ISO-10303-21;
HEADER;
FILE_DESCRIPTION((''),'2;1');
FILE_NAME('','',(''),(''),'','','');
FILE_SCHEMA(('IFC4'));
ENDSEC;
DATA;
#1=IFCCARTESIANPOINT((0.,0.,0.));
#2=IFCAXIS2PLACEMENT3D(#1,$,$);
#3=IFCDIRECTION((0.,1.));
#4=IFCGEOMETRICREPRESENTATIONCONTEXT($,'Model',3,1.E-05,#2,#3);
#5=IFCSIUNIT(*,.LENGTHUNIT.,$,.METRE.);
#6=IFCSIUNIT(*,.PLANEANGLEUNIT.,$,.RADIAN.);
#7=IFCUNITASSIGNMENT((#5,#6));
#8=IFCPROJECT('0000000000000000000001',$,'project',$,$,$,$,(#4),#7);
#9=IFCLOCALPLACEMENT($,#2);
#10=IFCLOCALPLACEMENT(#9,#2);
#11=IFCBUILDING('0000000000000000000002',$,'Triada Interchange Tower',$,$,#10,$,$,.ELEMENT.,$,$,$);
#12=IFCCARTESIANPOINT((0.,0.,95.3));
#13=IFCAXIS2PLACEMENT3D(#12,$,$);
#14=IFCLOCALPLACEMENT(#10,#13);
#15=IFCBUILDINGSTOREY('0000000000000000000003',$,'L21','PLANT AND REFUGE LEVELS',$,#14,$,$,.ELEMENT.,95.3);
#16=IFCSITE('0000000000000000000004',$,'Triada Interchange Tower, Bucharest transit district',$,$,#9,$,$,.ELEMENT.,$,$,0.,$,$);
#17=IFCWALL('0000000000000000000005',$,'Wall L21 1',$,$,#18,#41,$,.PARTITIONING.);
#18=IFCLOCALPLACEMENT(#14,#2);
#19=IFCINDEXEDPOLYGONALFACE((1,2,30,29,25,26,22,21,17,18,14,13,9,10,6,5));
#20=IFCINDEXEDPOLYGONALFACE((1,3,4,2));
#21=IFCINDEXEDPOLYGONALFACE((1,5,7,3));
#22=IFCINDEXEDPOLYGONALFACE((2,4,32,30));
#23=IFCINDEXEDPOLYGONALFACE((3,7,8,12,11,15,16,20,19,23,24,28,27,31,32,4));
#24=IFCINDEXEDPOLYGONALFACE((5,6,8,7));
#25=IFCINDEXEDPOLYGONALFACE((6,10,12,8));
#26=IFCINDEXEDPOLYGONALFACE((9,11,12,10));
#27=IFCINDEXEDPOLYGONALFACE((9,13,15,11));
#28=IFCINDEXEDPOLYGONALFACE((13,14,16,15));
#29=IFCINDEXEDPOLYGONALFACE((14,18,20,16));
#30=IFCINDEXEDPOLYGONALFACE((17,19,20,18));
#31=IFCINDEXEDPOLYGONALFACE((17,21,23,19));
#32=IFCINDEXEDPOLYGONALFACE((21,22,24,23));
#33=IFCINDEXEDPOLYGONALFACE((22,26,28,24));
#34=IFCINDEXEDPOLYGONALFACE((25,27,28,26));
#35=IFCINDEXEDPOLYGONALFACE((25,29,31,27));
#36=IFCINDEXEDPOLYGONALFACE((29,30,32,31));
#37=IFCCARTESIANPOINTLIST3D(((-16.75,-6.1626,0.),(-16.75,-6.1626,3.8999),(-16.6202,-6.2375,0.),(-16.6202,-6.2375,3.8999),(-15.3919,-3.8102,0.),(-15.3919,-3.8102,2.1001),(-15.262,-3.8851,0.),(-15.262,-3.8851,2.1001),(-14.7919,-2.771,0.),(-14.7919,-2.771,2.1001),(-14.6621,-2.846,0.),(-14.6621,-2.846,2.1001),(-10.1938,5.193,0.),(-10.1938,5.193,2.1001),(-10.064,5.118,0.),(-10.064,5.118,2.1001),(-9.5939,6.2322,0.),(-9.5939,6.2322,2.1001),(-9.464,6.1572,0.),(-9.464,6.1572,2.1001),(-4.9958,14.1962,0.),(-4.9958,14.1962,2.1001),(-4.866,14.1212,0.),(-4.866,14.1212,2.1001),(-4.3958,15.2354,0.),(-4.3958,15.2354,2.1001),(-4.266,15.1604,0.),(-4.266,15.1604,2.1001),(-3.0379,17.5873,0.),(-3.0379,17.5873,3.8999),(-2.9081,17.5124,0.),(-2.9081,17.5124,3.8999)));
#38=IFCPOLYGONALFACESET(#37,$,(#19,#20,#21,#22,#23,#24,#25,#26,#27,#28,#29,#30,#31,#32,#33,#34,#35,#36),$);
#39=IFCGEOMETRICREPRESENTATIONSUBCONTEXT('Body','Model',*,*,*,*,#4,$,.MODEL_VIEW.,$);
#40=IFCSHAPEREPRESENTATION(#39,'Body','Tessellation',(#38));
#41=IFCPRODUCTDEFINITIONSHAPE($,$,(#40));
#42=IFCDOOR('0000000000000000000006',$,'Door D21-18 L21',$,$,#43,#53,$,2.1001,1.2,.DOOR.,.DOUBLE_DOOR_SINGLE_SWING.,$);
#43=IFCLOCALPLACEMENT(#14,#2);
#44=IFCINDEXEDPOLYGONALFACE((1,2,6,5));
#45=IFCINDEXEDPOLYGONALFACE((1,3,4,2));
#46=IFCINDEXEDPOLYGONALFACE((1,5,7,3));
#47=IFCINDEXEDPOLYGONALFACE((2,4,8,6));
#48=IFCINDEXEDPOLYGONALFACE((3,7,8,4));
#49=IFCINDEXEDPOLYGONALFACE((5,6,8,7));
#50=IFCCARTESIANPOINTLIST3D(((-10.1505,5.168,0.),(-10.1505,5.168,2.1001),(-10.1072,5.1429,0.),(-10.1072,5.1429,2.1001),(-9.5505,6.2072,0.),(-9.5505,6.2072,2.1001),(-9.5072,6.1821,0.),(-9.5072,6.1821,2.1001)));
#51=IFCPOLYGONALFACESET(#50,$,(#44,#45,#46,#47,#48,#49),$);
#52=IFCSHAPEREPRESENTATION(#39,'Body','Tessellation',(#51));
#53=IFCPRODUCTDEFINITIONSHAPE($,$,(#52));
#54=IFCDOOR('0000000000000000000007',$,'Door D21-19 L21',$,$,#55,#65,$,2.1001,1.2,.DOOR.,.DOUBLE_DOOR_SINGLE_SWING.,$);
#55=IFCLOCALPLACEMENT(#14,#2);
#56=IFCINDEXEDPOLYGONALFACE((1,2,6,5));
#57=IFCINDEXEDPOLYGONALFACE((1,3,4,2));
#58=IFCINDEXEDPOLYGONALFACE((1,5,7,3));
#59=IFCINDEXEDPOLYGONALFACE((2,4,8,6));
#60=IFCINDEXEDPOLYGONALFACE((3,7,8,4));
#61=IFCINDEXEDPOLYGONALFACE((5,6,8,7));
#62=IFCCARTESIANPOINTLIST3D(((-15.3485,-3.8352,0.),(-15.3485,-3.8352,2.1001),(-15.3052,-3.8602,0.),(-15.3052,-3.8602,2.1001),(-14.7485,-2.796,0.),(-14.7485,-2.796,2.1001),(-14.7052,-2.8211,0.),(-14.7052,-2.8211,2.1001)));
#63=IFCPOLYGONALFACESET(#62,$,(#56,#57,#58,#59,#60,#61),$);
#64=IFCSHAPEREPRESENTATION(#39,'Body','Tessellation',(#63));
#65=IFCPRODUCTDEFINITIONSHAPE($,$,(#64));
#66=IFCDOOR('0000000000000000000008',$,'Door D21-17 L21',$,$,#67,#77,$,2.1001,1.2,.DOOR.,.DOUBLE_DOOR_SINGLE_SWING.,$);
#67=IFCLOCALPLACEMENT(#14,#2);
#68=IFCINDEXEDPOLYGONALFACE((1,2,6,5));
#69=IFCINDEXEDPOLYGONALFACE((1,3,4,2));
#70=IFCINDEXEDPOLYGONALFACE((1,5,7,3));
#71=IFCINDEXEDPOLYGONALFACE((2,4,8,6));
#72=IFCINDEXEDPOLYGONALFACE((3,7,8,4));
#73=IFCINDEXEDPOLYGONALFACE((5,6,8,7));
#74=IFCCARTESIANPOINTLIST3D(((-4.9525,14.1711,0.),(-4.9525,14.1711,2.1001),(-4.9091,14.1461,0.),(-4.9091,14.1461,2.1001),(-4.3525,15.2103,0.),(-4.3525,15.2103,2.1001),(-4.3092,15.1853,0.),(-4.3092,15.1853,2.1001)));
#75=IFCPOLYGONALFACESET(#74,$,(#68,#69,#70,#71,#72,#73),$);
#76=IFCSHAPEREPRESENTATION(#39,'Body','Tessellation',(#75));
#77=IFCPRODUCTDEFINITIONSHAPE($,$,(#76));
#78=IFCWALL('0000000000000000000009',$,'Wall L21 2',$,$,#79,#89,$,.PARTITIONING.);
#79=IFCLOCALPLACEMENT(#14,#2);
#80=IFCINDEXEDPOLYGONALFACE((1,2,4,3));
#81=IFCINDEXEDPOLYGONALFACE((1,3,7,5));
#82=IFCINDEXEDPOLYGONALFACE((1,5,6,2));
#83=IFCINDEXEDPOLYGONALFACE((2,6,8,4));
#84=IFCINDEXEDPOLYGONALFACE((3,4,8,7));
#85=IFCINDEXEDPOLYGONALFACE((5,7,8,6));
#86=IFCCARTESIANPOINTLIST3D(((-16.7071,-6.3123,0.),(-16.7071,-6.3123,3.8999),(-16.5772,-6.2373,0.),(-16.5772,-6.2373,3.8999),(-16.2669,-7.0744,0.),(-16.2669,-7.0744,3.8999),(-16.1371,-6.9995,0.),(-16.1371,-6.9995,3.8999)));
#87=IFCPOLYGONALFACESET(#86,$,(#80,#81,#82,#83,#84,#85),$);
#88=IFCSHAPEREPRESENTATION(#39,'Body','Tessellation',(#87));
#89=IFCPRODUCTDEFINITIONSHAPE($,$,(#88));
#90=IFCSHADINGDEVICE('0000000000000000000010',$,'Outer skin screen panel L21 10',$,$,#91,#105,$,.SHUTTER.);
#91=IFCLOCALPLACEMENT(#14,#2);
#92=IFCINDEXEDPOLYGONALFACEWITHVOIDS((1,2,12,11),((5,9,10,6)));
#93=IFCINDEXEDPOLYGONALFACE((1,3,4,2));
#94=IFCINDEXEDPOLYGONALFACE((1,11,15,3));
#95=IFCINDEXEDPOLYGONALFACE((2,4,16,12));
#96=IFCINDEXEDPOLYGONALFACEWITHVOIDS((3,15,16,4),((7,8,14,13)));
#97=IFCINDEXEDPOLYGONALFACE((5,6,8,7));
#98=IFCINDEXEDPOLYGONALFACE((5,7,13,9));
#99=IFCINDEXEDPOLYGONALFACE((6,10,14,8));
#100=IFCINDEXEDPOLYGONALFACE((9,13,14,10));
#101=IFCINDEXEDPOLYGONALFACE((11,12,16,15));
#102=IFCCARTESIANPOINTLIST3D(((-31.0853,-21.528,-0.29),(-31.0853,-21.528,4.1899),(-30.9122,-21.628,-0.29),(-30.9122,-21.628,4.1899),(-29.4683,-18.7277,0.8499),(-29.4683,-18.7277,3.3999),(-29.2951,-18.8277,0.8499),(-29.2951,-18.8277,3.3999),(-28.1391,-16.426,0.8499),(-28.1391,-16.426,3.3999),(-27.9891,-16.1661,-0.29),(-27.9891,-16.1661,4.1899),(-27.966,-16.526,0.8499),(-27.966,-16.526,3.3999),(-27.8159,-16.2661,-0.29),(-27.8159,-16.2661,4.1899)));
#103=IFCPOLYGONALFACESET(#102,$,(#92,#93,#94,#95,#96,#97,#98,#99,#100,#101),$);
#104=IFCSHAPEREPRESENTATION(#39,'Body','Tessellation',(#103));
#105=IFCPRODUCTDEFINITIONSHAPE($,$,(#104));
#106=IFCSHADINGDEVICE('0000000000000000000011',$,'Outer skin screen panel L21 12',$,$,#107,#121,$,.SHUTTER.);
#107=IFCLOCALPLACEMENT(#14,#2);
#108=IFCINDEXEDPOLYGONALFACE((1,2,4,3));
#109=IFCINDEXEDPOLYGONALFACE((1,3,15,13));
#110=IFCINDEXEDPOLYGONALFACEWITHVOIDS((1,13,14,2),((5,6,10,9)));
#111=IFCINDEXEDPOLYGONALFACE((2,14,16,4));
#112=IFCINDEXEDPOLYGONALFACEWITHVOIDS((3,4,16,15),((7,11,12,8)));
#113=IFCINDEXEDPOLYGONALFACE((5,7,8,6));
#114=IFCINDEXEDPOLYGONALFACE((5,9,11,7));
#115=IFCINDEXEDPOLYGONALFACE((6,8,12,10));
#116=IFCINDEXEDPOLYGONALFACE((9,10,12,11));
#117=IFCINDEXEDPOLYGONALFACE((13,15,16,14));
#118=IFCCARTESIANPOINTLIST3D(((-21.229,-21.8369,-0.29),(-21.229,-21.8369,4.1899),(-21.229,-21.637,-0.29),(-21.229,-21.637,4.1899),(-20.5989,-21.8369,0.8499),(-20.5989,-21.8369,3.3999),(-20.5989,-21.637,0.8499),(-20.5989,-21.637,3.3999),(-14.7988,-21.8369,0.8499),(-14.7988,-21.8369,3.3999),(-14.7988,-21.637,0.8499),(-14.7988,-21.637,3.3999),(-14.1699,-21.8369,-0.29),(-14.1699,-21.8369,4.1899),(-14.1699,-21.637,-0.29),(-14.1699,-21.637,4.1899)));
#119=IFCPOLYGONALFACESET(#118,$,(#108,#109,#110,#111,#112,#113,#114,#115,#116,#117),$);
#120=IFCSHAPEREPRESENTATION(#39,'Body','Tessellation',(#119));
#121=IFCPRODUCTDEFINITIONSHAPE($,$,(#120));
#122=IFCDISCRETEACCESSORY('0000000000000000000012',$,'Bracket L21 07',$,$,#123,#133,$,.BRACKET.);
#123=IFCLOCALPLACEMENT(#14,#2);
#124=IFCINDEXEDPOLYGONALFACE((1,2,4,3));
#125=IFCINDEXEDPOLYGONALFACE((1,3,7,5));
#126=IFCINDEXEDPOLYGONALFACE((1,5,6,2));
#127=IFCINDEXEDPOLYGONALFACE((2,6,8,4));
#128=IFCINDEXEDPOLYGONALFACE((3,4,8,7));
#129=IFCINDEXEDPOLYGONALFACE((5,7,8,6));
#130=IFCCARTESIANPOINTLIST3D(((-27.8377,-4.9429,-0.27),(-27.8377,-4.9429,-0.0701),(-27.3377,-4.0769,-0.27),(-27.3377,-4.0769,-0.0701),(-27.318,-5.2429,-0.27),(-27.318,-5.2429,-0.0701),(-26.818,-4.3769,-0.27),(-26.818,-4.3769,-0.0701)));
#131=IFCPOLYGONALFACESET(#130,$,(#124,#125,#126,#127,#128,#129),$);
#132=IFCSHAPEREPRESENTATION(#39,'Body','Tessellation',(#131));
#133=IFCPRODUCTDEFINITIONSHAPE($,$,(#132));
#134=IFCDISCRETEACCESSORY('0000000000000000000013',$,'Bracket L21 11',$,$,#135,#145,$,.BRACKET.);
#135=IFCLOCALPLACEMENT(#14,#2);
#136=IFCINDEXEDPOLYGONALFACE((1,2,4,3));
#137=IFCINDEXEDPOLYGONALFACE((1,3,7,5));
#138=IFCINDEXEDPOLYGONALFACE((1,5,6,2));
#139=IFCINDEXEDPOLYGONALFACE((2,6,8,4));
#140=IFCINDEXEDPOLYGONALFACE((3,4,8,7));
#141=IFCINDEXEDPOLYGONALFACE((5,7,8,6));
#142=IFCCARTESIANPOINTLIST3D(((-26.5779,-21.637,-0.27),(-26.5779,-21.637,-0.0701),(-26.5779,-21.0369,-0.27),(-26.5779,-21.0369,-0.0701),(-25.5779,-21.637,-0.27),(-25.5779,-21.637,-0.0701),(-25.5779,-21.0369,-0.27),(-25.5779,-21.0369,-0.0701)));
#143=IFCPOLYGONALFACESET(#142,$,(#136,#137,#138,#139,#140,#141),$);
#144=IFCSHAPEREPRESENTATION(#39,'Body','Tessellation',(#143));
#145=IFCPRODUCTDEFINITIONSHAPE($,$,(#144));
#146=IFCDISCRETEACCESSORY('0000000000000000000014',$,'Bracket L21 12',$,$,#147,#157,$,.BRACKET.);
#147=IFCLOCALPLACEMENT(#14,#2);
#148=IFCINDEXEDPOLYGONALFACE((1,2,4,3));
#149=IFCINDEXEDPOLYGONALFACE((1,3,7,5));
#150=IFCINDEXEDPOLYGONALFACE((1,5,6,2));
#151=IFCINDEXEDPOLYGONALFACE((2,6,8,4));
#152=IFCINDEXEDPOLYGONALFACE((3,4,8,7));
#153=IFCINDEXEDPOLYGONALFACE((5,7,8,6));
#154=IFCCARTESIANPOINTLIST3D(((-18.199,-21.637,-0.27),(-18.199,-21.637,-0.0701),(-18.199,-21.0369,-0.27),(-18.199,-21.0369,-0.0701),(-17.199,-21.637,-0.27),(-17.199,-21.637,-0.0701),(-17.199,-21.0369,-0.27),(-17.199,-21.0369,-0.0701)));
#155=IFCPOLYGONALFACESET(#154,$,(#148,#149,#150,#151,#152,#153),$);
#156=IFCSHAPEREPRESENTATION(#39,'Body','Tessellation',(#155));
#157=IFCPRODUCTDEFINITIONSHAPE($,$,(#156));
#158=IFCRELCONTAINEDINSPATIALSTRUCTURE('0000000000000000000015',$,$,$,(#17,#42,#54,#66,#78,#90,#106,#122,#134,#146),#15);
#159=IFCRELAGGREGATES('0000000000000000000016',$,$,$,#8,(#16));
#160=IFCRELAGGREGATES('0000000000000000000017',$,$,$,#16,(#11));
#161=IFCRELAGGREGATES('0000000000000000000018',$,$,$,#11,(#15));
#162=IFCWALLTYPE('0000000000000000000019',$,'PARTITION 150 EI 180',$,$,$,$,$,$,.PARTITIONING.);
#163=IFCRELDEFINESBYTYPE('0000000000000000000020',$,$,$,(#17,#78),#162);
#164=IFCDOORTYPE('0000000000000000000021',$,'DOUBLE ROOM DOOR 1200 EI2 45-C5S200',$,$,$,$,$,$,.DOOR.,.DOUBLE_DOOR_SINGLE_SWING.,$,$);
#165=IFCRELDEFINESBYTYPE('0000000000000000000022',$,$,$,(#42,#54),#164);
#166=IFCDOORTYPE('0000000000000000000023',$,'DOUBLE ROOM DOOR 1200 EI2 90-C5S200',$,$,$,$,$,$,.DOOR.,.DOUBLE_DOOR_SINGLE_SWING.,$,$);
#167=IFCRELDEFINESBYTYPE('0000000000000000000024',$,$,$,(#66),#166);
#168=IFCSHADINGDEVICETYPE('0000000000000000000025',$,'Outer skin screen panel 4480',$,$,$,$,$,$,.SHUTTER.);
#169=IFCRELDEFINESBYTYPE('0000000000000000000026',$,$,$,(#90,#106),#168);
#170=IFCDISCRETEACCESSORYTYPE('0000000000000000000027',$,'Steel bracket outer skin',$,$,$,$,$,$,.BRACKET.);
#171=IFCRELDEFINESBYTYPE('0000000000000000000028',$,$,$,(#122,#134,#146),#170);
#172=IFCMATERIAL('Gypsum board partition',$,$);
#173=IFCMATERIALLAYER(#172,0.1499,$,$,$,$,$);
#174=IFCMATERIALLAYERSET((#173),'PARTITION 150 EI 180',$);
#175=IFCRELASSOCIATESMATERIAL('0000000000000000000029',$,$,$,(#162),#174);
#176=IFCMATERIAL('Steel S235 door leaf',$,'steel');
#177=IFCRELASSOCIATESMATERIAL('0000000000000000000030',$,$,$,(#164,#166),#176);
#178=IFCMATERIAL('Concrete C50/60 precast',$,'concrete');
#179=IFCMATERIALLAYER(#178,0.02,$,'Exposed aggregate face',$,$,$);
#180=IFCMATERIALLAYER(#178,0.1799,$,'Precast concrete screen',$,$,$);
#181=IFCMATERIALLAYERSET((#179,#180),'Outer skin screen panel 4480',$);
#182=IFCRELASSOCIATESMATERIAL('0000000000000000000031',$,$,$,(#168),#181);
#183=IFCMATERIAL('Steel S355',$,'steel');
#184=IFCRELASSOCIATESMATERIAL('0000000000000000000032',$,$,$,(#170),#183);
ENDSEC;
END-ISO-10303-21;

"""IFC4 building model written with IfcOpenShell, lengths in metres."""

from ifc_helpers import new_model, si_unit, direction, frame, frame_2d, origin, origin_2d, place, context, subcontext, project, spatial, polyline, rectangle, outline, extrude, material, layer, layer_set, type_object, element, fill, save


model = new_model("IFC4")

# Units and contexts
model_context = context("Model", 3, precision=1e-05, world=origin(), true_north=direction((0.0, 1.0)))
body_context = subcontext(model_context, "Body", "Model", "MODEL_VIEW")
ifc_project = project(units=[si_unit("LENGTHUNIT", "METRE"), si_unit("PLANEANGLEUNIT", "RADIAN")], contexts=[model_context])

# Site, building, storey
site_placement = place(None, origin())
site = spatial("IfcSite", under=ifc_project, at=site_placement, Name="Triada Interchange Tower, Bucharest transit district", CompositionType="ELEMENT", RefElevation=0.0)
building_placement = place(site_placement, origin())
building = spatial("IfcBuilding", under=site, at=building_placement, Name="Triada Interchange Tower", CompositionType="ELEMENT")
storey_placement = place(building_placement, frame((0.0, 0.0, 95.3)))
storey = spatial("IfcBuildingStorey", under=building, at=storey_placement, Name="L21", Description="PLANT AND REFUGE LEVELS", CompositionType="ELEMENT", Elevation=95.3)

# Shared definitions
ifc_material_1 = material(Name="Steel S355", Category="steel")

# Wall, openings, doors
ifc_material_2 = material(Name="Gypsum board partition")
ifc_layer_1 = layer(ifc_material_2, 0.1499)
ifc_layer_set_1 = layer_set([ifc_layer_1], Name="PARTITION 150 EI 180")
wall_type_1 = type_object("IfcWallType", Name="PARTITION 150 EI 180", PredefinedType="PARTITIONING", material=ifc_layer_set_1)
wall_1_placement = place(storey_placement, frame((-16.6851, -6.2, 0.0), z_axis=(0.0, 0.0, 1.0), x_axis=(0.500002, 0.866024, 0.0)))
wall_1 = element("IfcWall", 1, at=wall_1_placement, inside=storey, type_object=wall_type_1, Name="Wall L21 1", PredefinedType="PARTITIONING", context=body_context, shape_type="SweptSolid", body=[
    extrude(rectangle(XDim=27.4241, YDim=0.1499, at=frame_2d((13.7119, 0.0))), origin(), (0.0, 0.0, 1.0), 3.8999),
])
opening_1_placement = place(wall_1_placement, frame((23.5081, 0.0, 0.0)))
opening_1 = element("IfcOpeningElement", 2, at=opening_1_placement, cuts=wall_1, PredefinedType="OPENING", context=body_context, shape_type="SweptSolid", body=[
    extrude(rectangle(XDim=1.2, YDim=2.1001, at=frame_2d((0.6001, 1.05))), frame((0.0, 0.085, 0.0), z_axis=(0.0, -1.0, 0.0), x_axis=(1.0, 0.0, 0.0)), (0.0, 0.0, 1.0), 0.1699),
])
opening_2_placement = place(wall_1_placement, frame((13.1121, 0.0, 0.0)))
opening_2 = element("IfcOpeningElement", 3, at=opening_2_placement, cuts=wall_1, PredefinedType="OPENING", context=body_context, shape_type="SweptSolid", body=[
    extrude(rectangle(XDim=1.2, YDim=2.1001, at=frame_2d((0.6001, 1.05))), frame((0.0, 0.085, 0.0), z_axis=(0.0, -1.0, 0.0), x_axis=(1.0, 0.0, 0.0)), (0.0, 0.0, 1.0), 0.1699),
])
opening_3_placement = place(wall_1_placement, frame((2.7161, 0.0, 0.0)))
opening_3 = element("IfcOpeningElement", 4, at=opening_3_placement, cuts=wall_1, PredefinedType="OPENING", context=body_context, shape_type="SweptSolid", body=[
    extrude(rectangle(XDim=1.2, YDim=2.1001, at=frame_2d((0.6001, 1.05))), frame((0.0, 0.085, 0.0), z_axis=(0.0, -1.0, 0.0), x_axis=(1.0, 0.0, 0.0)), (0.0, 0.0, 1.0), 0.1699),
])
ifc_material_3 = material(Name="Steel S235 door leaf", Category="steel")
door_type_1 = type_object("IfcDoorType", Name="DOUBLE ROOM DOOR 1200 EI2 45-C5S200", OperationType="DOUBLE_DOOR_SINGLE_SWING", PredefinedType="DOOR", material=ifc_material_3)
door_1_placement = place(opening_2_placement, origin())
door_1 = element("IfcDoor", 5, at=door_1_placement, inside=storey, type_object=door_type_1, Name="Door D21-18 L21", OperationType="DOUBLE_DOOR_SINGLE_SWING", OverallHeight=2.1001, OverallWidth=1.2, PredefinedType="DOOR", context=body_context, shape_type="SweptSolid", body=[
    extrude(rectangle(XDim=1.2, YDim=2.1001, at=frame_2d((0.6001, 1.05))), frame((0.0, 0.0249, 0.0), z_axis=(0.0, -1.0, 0.0), x_axis=(1.0, 0.0, 0.0)), (0.0, 0.0, 1.0), 0.05),
])
fill(opening_2, door_1)
door_2_placement = place(opening_3_placement, origin())
door_2 = element("IfcDoor", 6, at=door_2_placement, inside=storey, type_object=door_type_1, Name="Door D21-19 L21", OperationType="DOUBLE_DOOR_SINGLE_SWING", OverallHeight=2.1001, OverallWidth=1.2, PredefinedType="DOOR", context=body_context, shape_type="SweptSolid", body=[
    extrude(rectangle(XDim=1.2, YDim=2.1001, at=frame_2d((0.6001, 1.05))), frame((0.0, 0.0249, 0.0), z_axis=(0.0, -1.0, 0.0), x_axis=(1.0, 0.0, 0.0)), (0.0, 0.0, 1.0), 0.05),
])
fill(opening_3, door_2)
door_type_2 = type_object("IfcDoorType", Name="DOUBLE ROOM DOOR 1200 EI2 90-C5S200", OperationType="DOUBLE_DOOR_SINGLE_SWING", PredefinedType="DOOR", material=ifc_material_3)
door_3_placement = place(opening_1_placement, origin())
door_3 = element("IfcDoor", 7, at=door_3_placement, inside=storey, type_object=door_type_2, Name="Door D21-17 L21", OperationType="DOUBLE_DOOR_SINGLE_SWING", OverallHeight=2.1001, OverallWidth=1.2, PredefinedType="DOOR", context=body_context, shape_type="SweptSolid", body=[
    extrude(rectangle(XDim=1.2, YDim=2.1001, at=frame_2d((0.6001, 1.05))), frame((0.0, 0.0249, 0.0), z_axis=(0.0, -1.0, 0.0), x_axis=(1.0, 0.0, 0.0)), (0.0, 0.0, 1.0), 0.05),
])
fill(opening_1, door_3)

# Wall
wall_2_placement = place(storey_placement, frame((-16.6421, -6.2749, 0.0), z_axis=(0.0, 0.0, 1.0), x_axis=(0.500107, -0.865964, 0.0)))
element("IfcWall", 8, at=wall_2_placement, inside=storey, type_object=wall_type_1, Name="Wall L21 2", PredefinedType="PARTITIONING", context=body_context, shape_type="SweptSolid", body=[
    extrude(rectangle(XDim=0.8801, YDim=0.1499, at=frame_2d((0.4399, 0.0))), origin(), (0.0, 0.0, 1.0), 3.8999),
])

# Shading devices
ifc_material_4 = material(Name="Concrete C50/60 precast", Category="concrete")
ifc_layer_2 = layer(ifc_material_4, 0.02, Name="Exposed aggregate face")
ifc_layer_3 = layer(ifc_material_4, 0.1799, Name="Precast concrete screen")
ifc_layer_set_2 = layer_set([ifc_layer_2, ifc_layer_3], Name="Outer skin screen panel 4480")
shading_device_type = type_object("IfcShadingDeviceType", Name="Outer skin screen panel 4480", PredefinedType="SHUTTER", material=ifc_layer_set_2)
shading_device_1_placement = place(storey_placement, frame((-27.8159, -16.2661, -0.29), z_axis=(0.0, 0.0, 1.0), x_axis=(-0.500066, -0.865987, 0.0)))
element("IfcShadingDevice", 9, at=shading_device_1_placement, inside=storey, type_object=shading_device_type, Name="Outer skin screen panel L21 10", PredefinedType="SHUTTER", context=body_context, shape_type="SweptSolid", body=[
    extrude(outline(polyline([(0.0, 0.0), (6.1917, 0.0), (6.1917, 4.48), (0.0, 4.48), (0.0, 0.0)]), holes=[polyline([(0.3, 1.1399), (0.3, 3.6899), (2.958, 3.6899), (2.958, 1.1399), (0.3, 1.1399)])]), frame((0.0, 0.0, 0.0), z_axis=(0.0, -1.0, 0.0), x_axis=(1.0, 0.0, 0.0)), (0.0, 0.0, 1.0), 0.2),
])
shading_device_2_placement = place(storey_placement, frame((-21.229, -21.637, -0.29), z_axis=(0.0, 0.0, 1.0), x_axis=(1.0, 0.0, 0.0)))
element("IfcShadingDevice", 10, at=shading_device_2_placement, inside=storey, type_object=shading_device_type, Name="Outer skin screen panel L21 12", PredefinedType="SHUTTER", context=body_context, shape_type="SweptSolid", body=[
    extrude(outline(polyline([(0.0, 0.0), (7.0591, 0.0), (7.0591, 4.48), (0.0, 4.48), (0.0, 0.0)]), holes=[polyline([(0.6301, 1.1399), (0.6301, 3.6899), (6.4302, 3.6899), (6.4302, 1.1399), (0.6301, 1.1399)])]), frame((0.0, 0.0, 0.0), z_axis=(0.0, -1.0, 0.0), x_axis=(1.0, 0.0, 0.0)), (0.0, 0.0, 1.0), 0.2),
])

# Discrete accessories
discrete_accessory_type = type_object("IfcDiscreteAccessoryType", Name="Steel bracket outer skin", PredefinedType="BRACKET", material=ifc_material_1)
for number, where, z_axis, x_axis, name in (
    (11, (-27.3279, -4.6599, -0.27), (0.0, 0.0, 1.0), (-0.866021, 0.500007, 0.0), "Bracket L21 07"),
    (12, (-26.0779, -21.3369, -0.27), (0.0, 0.0, 1.0), (0.0, -1.0, 0.0), "Bracket L21 11"),
    (13, (-17.699, -21.3369, -0.27), (0.0, 0.0, 1.0), (0.0, -1.0, 0.0), "Bracket L21 12"),
):
    element("IfcDiscreteAccessory", number, at=place(storey_placement, frame(where, z_axis=z_axis, x_axis=x_axis)), inside=storey, type_object=discrete_accessory_type, Name=name, PredefinedType="BRACKET", context=body_context, shape_type="SweptSolid", body=[
        extrude(rectangle(XDim=0.6001, YDim=1.0, at=origin_2d()), origin(), (0.0, 0.0, 1.0), 0.2),
    ])

save(model, "model.ifc")
